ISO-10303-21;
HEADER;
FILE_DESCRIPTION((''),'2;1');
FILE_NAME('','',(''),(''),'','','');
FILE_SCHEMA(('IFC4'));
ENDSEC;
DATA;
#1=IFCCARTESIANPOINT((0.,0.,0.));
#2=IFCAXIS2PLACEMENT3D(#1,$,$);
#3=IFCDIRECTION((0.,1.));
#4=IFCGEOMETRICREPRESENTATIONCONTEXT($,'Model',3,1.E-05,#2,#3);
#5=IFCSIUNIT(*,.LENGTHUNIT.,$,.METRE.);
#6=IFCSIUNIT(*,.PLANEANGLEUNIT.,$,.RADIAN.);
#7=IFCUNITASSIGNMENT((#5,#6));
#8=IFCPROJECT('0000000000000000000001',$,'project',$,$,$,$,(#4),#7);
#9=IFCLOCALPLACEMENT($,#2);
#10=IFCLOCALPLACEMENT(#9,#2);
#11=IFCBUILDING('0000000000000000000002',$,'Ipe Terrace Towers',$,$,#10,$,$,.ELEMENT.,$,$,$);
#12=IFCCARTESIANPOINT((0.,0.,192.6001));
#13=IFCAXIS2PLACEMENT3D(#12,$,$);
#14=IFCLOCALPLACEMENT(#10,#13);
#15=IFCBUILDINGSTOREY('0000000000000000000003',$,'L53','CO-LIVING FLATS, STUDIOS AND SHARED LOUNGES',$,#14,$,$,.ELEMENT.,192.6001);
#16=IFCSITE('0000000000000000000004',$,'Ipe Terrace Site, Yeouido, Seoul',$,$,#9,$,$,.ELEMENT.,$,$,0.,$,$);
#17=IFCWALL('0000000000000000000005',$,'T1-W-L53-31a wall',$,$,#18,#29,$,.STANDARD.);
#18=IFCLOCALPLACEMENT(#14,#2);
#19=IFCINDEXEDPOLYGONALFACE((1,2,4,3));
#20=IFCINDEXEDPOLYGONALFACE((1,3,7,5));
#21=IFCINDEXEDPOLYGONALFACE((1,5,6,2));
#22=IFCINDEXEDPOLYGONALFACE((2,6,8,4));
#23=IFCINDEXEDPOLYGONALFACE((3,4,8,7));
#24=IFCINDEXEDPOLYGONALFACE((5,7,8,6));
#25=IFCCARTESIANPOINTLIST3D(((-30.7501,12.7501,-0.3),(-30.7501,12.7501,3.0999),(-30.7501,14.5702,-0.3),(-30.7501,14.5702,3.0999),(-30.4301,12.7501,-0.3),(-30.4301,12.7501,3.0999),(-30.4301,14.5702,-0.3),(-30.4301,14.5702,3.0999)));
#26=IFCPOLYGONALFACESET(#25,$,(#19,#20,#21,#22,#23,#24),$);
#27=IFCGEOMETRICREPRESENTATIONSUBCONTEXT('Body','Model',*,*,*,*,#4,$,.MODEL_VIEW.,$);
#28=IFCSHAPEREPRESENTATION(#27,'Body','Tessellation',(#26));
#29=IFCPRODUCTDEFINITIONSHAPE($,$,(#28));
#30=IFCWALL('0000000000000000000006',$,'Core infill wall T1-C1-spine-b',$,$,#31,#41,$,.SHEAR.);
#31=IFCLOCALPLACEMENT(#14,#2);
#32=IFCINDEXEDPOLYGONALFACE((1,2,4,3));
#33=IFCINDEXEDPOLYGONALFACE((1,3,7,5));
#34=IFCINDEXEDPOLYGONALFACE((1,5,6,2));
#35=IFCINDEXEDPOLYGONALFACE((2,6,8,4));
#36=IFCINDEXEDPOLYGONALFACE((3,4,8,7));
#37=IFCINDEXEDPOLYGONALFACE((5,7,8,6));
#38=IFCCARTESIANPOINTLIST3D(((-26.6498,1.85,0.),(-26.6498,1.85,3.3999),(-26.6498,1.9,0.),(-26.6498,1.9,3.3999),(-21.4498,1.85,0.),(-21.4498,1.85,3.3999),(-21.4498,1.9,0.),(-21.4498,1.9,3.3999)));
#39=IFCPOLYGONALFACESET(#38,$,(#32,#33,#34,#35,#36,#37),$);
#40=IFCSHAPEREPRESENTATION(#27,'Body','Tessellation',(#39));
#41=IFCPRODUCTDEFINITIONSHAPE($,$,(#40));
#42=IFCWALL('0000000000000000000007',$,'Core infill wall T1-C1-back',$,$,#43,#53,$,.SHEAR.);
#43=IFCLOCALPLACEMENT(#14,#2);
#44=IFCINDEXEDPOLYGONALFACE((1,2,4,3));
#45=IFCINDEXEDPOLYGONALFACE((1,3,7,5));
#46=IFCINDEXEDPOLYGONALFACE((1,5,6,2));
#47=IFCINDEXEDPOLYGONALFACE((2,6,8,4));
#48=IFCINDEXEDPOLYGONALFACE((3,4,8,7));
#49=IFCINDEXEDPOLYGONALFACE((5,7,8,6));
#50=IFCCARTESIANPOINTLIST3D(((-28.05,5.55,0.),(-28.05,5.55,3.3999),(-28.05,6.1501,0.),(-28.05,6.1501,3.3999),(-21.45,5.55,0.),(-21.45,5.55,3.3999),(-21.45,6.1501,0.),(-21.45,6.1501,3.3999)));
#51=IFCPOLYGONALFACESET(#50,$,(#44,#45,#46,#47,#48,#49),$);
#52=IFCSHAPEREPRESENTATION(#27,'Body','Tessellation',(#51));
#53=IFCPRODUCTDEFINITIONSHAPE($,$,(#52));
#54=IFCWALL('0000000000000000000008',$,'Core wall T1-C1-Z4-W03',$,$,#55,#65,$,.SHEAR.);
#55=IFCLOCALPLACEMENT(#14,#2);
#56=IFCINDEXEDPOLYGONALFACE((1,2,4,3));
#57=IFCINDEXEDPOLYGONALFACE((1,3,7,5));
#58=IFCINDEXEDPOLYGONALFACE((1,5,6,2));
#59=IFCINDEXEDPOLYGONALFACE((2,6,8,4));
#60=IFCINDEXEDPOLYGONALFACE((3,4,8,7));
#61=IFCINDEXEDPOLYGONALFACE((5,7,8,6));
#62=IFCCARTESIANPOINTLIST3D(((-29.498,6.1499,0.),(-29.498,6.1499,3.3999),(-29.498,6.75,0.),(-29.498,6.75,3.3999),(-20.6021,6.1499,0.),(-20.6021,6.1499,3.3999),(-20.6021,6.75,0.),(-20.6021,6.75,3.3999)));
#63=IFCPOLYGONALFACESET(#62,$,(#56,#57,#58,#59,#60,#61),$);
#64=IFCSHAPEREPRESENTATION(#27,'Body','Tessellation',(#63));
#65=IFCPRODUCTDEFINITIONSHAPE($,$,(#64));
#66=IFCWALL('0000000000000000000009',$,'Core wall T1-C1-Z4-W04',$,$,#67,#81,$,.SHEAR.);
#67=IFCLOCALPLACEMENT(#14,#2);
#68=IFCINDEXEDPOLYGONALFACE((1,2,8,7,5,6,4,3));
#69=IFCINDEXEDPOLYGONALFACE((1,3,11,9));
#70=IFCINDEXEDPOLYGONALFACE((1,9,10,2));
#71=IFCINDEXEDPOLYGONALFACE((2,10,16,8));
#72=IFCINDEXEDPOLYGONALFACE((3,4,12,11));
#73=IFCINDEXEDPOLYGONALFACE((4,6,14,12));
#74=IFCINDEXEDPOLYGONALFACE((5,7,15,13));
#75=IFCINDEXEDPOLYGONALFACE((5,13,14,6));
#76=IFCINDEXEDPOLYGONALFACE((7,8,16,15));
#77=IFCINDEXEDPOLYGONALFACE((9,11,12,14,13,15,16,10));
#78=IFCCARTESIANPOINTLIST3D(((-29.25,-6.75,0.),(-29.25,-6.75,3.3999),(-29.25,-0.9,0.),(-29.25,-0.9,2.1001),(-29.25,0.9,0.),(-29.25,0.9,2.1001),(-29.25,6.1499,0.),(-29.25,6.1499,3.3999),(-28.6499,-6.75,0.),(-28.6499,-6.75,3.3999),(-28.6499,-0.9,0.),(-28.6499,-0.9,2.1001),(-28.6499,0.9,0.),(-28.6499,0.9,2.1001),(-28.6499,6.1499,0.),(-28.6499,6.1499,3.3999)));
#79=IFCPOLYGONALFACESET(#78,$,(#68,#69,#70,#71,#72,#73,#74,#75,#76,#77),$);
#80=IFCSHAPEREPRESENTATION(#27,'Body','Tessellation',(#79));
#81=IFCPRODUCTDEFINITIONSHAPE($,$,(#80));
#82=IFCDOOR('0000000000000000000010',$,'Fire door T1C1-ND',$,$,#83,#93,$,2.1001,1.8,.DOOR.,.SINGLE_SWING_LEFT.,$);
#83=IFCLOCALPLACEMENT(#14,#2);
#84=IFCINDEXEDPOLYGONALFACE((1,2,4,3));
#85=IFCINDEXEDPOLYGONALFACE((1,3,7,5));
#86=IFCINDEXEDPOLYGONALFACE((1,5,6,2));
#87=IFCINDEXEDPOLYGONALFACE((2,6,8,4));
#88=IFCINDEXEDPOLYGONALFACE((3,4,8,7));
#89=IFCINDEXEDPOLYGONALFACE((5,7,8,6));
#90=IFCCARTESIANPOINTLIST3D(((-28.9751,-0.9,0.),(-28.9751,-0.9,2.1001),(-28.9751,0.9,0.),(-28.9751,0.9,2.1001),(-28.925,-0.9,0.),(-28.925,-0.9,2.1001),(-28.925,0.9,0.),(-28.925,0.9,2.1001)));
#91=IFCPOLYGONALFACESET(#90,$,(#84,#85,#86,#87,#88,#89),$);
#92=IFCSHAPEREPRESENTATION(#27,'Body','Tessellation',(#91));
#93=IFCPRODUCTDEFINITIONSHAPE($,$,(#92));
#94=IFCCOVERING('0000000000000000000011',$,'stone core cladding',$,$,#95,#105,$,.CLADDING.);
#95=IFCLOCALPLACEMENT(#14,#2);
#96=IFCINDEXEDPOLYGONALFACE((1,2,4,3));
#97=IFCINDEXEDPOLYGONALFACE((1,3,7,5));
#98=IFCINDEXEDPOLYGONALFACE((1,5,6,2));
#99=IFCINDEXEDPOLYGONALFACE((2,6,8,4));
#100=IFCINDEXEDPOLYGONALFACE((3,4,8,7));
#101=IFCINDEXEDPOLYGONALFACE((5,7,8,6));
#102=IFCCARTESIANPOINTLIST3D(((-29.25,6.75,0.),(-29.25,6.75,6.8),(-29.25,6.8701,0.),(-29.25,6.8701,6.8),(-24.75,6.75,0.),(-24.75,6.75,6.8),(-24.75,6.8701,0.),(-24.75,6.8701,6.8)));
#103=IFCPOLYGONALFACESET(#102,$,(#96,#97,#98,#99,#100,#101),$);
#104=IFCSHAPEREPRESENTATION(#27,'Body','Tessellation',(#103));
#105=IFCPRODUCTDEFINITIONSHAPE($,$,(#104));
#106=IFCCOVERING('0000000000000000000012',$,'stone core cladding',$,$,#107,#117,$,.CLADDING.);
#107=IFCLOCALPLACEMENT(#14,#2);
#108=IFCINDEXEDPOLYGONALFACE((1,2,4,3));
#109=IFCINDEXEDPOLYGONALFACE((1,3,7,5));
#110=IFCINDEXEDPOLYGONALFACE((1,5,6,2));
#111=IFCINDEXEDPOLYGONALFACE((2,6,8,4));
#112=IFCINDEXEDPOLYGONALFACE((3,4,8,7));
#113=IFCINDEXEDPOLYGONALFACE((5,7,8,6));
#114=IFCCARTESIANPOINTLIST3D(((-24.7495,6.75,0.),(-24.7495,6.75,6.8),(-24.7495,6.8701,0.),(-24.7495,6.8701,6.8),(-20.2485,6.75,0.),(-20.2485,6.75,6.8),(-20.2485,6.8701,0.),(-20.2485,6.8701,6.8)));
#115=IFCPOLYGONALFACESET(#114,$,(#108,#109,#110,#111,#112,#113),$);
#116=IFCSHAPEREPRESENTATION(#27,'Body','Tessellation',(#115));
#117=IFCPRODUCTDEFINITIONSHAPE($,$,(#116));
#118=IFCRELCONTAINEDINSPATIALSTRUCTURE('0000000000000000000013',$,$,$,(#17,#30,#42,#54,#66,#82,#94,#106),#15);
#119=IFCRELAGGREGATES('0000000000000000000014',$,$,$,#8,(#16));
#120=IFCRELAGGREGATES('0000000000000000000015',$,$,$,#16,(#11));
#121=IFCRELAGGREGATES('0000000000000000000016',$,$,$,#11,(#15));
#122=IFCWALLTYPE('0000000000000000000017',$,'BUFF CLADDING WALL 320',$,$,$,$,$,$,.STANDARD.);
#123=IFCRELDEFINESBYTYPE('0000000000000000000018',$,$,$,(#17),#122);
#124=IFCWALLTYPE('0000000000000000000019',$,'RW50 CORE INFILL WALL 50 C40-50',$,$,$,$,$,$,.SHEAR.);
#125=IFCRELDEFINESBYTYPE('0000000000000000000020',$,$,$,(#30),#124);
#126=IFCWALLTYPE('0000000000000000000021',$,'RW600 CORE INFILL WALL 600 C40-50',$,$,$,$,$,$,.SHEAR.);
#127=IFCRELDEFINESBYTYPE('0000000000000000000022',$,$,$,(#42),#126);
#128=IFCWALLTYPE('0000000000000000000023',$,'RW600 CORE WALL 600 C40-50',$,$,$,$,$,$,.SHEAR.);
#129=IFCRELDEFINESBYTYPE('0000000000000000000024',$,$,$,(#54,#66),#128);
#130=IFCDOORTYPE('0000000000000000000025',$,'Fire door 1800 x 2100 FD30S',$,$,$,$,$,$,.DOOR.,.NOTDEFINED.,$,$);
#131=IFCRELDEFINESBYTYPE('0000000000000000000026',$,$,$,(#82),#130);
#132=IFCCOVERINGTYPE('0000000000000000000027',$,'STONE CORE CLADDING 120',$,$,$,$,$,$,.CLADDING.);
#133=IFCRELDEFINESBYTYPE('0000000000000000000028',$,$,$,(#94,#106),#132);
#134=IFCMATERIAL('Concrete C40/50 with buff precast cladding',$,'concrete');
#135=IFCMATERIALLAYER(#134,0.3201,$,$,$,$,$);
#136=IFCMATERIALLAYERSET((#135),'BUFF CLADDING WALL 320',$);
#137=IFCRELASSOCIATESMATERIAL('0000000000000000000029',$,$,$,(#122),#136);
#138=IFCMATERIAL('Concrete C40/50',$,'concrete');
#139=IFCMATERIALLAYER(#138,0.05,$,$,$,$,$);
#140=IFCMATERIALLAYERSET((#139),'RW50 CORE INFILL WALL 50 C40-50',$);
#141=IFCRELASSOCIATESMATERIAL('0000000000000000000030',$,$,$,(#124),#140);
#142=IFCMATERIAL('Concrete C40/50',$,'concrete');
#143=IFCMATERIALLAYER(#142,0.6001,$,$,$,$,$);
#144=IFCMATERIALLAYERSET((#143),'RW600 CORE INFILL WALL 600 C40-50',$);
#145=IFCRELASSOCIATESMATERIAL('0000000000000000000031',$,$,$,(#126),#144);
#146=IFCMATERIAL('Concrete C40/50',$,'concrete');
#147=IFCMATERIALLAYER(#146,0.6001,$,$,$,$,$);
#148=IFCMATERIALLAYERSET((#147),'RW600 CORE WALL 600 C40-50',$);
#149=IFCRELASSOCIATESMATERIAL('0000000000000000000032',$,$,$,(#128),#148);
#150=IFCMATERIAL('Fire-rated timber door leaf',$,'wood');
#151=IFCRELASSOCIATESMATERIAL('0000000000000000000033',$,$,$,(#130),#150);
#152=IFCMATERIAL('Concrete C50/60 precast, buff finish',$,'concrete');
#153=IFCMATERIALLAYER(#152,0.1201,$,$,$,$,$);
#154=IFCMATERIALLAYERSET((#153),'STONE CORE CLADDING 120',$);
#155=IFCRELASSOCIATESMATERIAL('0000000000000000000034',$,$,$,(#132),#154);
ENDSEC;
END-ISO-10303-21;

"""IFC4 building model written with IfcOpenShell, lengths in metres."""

from ifc_helpers import new_model, si_unit, direction, frame, frame_2d, origin, origin_2d, place, context, subcontext, project, spatial, rectangle, extrude, material, layer, layer_set, type_object, element, fill, save


model = new_model("IFC4")

# Units and contexts
model_context = context("Model", 3, precision=1e-05, world=origin(), true_north=direction((0.0, 1.0)))
body_context = subcontext(model_context, "Body", "Model", "MODEL_VIEW")
ifc_project = project(units=[si_unit("LENGTHUNIT", "METRE"), si_unit("PLANEANGLEUNIT", "RADIAN")], contexts=[model_context])

# Site, building, storey
site_placement = place(None, origin())
site = spatial("IfcSite", under=ifc_project, at=site_placement, Name="Ipe Terrace Site, Yeouido, Seoul", CompositionType="ELEMENT", RefElevation=0.0)
building_placement = place(site_placement, origin())
building = spatial("IfcBuilding", under=site, at=building_placement, Name="Ipe Terrace Towers", CompositionType="ELEMENT")
storey_placement = place(building_placement, frame((0.0, 0.0, 192.6001)))
storey = spatial("IfcBuildingStorey", under=building, at=storey_placement, Name="L53", Description="CO-LIVING FLATS, STUDIOS AND SHARED LOUNGES", CompositionType="ELEMENT", Elevation=192.6001)

# Walls
ifc_material_1 = material(Name="Concrete C40/50 with buff precast cladding", Category="concrete")
ifc_layer_1 = layer(ifc_material_1, 0.3201)
ifc_layer_set_1 = layer_set([ifc_layer_1], Name="BUFF CLADDING WALL 320")
wall_type_1 = type_object("IfcWallType", Name="BUFF CLADDING WALL 320", PredefinedType="STANDARD", material=ifc_layer_set_1)
wall_1_placement = place(storey_placement, frame((-30.5901, 12.75, -0.3), z_axis=(0.0, 0.0, 1.0), x_axis=(0.0, 1.0, 0.0)))
element("IfcWall", 1, at=wall_1_placement, inside=storey, type_object=wall_type_1, Name="T1-W-L53-31a wall", PredefinedType="STANDARD", context=body_context, shape_type="SweptSolid", body=[
    extrude(rectangle(XDim=1.8201, YDim=0.3201, at=frame_2d((0.9102, 0.0))), origin(), (0.0, 0.0, 1.0), 3.3999),
])
ifc_material_2 = material(Name="Concrete C40/50", Category="concrete")
ifc_layer_2 = layer(ifc_material_2, 0.05)
ifc_layer_set_2 = layer_set([ifc_layer_2], Name="RW50 CORE INFILL WALL 50 C40-50")
wall_type_2 = type_object("IfcWallType", Name="RW50 CORE INFILL WALL 50 C40-50", PredefinedType="SHEAR", material=ifc_layer_set_2)
wall_2_placement = place(storey_placement, frame((-26.6499, 1.875, 0.0), z_axis=(0.0, 0.0, 1.0), x_axis=(1.0, 0.0, 0.0)))
element("IfcWall", 2, at=wall_2_placement, inside=storey, type_object=wall_type_2, Name="Core infill wall T1-C1-spine-b", PredefinedType="SHEAR", context=body_context, shape_type="SweptSolid", body=[
    extrude(rectangle(XDim=5.2, YDim=0.05, at=frame_2d((2.6001, 0.0))), origin(), (0.0, 0.0, 1.0), 3.3999),
])
ifc_material_3 = material(Name="Concrete C40/50", Category="concrete")
ifc_layer_3 = layer(ifc_material_3, 0.6001)
ifc_layer_set_3 = layer_set([ifc_layer_3], Name="RW600 CORE INFILL WALL 600 C40-50")
wall_type_3 = type_object("IfcWallType", Name="RW600 CORE INFILL WALL 600 C40-50", PredefinedType="SHEAR", material=ifc_layer_set_3)
wall_3_placement = place(storey_placement, frame((-28.05, 5.8501, 0.0), z_axis=(0.0, 0.0, 1.0), x_axis=(1.0, 0.0, 0.0)))
element("IfcWall", 3, at=wall_3_placement, inside=storey, type_object=wall_type_3, Name="Core infill wall T1-C1-back", PredefinedType="SHEAR", context=body_context, shape_type="SweptSolid", body=[
    extrude(rectangle(XDim=6.6001, YDim=0.6001, at=frame_2d((3.3, 0.0))), origin(), (0.0, 0.0, 1.0), 3.3999),
])
ifc_material_4 = material(Name="Concrete C40/50", Category="concrete")
ifc_layer_4 = layer(ifc_material_4, 0.6001)
ifc_layer_set_4 = layer_set([ifc_layer_4], Name="RW600 CORE WALL 600 C40-50")
wall_type_4 = type_object("IfcWallType", Name="RW600 CORE WALL 600 C40-50", PredefinedType="SHEAR", material=ifc_layer_set_4)
wall_4_placement = place(storey_placement, frame((-20.6021, 6.45, 0.0), z_axis=(0.0, 0.0, 1.0), x_axis=(-1.0, 0.0, 0.0)))
element("IfcWall", 4, at=wall_4_placement, inside=storey, type_object=wall_type_4, Name="Core wall T1-C1-Z4-W03", PredefinedType="SHEAR", context=body_context, shape_type="SweptSolid", body=[
    extrude(rectangle(XDim=8.896, YDim=0.6001, at=frame_2d((4.448, 0.0))), origin(), (0.0, 0.0, 1.0), 3.3999),
])

# Wall, opening, door
wall_5_placement = place(storey_placement, frame((-28.95, 6.1499, 0.0), z_axis=(0.0, 0.0, 1.0), x_axis=(0.0, -1.0, 0.0)))
wall_5 = element("IfcWall", 5, at=wall_5_placement, inside=storey, type_object=wall_type_4, Name="Core wall T1-C1-Z4-W04", PredefinedType="SHEAR", context=body_context, shape_type="SweptSolid", body=[
    extrude(rectangle(XDim=12.8999, YDim=0.6001, at=frame_2d((6.45, 0.0))), origin(), (0.0, 0.0, 1.0), 3.3999),
])
opening_placement = place(wall_5_placement, frame((5.25, 0.0, 0.0)))
opening = element("IfcOpeningElement", 6, at=opening_placement, cuts=wall_5, PredefinedType="OPENING", context=body_context, shape_type="SweptSolid", body=[
    extrude(rectangle(XDim=1.8, YDim=2.1001, at=frame_2d((0.8999, 1.05))), frame((0.0, 0.3101, 0.0), z_axis=(0.0, -1.0, 0.0), x_axis=(1.0, 0.0, 0.0)), (0.0, 0.0, 1.0), 0.6201),
])
ifc_material_5 = material(Name="Fire-rated timber door leaf", Category="wood")
door_type = type_object("IfcDoorType", Name="Fire door 1800 x 2100 FD30S", OperationType="NOTDEFINED", PredefinedType="DOOR", material=ifc_material_5)
door_placement = place(opening_placement, origin())
door = element("IfcDoor", 7, at=door_placement, inside=storey, type_object=door_type, Name="Fire door T1C1-ND", OperationType="SINGLE_SWING_LEFT", OverallHeight=2.1001, OverallWidth=1.8, PredefinedType="DOOR", context=body_context, shape_type="SweptSolid", body=[
    extrude(rectangle(XDim=1.8, YDim=2.1001, at=frame_2d((0.8999, 1.05))), frame((0.0, 0.0249, 0.0), z_axis=(0.0, -1.0, 0.0), x_axis=(1.0, 0.0, 0.0)), (0.0, 0.0, 1.0), 0.05),
])
fill(opening, door)

# Coverings
ifc_material_6 = material(Name="Concrete C50/60 precast, buff finish", Category="concrete")
ifc_layer_5 = layer(ifc_material_6, 0.1201)
ifc_layer_set_5 = layer_set([ifc_layer_5], Name="STONE CORE CLADDING 120")
covering_type = type_object("IfcCoveringType", Name="STONE CORE CLADDING 120", PredefinedType="CLADDING", material=ifc_layer_set_5)
covering_1_placement = place(storey_placement, frame((-27.0, 6.8101, 0.0), z_axis=(0.0, 0.0, 1.0), x_axis=(-1.0, 0.0, 0.0)))
element("IfcCovering", 8, at=covering_1_placement, inside=storey, type_object=covering_type, Name="stone core cladding", PredefinedType="CLADDING", context=body_context, shape_type="SweptSolid", body=[
    extrude(rectangle(XDim=4.5, YDim=0.1201, at=origin_2d()), origin(), (0.0, 0.0, 1.0), 6.8),
])
covering_2_placement = place(storey_placement, frame((-22.499, 6.8101, 0.0), z_axis=(0.0, 0.0, 1.0), x_axis=(-1.0, 0.0, 0.0)))
element("IfcCovering", 9, at=covering_2_placement, inside=storey, type_object=covering_type, Name="stone core cladding", PredefinedType="CLADDING", context=body_context, shape_type="SweptSolid", body=[
    extrude(rectangle(XDim=4.501, YDim=0.1201, at=origin_2d()), origin(), (0.0, 0.0, 1.0), 6.8),
])

save(model, "model.ifc")
